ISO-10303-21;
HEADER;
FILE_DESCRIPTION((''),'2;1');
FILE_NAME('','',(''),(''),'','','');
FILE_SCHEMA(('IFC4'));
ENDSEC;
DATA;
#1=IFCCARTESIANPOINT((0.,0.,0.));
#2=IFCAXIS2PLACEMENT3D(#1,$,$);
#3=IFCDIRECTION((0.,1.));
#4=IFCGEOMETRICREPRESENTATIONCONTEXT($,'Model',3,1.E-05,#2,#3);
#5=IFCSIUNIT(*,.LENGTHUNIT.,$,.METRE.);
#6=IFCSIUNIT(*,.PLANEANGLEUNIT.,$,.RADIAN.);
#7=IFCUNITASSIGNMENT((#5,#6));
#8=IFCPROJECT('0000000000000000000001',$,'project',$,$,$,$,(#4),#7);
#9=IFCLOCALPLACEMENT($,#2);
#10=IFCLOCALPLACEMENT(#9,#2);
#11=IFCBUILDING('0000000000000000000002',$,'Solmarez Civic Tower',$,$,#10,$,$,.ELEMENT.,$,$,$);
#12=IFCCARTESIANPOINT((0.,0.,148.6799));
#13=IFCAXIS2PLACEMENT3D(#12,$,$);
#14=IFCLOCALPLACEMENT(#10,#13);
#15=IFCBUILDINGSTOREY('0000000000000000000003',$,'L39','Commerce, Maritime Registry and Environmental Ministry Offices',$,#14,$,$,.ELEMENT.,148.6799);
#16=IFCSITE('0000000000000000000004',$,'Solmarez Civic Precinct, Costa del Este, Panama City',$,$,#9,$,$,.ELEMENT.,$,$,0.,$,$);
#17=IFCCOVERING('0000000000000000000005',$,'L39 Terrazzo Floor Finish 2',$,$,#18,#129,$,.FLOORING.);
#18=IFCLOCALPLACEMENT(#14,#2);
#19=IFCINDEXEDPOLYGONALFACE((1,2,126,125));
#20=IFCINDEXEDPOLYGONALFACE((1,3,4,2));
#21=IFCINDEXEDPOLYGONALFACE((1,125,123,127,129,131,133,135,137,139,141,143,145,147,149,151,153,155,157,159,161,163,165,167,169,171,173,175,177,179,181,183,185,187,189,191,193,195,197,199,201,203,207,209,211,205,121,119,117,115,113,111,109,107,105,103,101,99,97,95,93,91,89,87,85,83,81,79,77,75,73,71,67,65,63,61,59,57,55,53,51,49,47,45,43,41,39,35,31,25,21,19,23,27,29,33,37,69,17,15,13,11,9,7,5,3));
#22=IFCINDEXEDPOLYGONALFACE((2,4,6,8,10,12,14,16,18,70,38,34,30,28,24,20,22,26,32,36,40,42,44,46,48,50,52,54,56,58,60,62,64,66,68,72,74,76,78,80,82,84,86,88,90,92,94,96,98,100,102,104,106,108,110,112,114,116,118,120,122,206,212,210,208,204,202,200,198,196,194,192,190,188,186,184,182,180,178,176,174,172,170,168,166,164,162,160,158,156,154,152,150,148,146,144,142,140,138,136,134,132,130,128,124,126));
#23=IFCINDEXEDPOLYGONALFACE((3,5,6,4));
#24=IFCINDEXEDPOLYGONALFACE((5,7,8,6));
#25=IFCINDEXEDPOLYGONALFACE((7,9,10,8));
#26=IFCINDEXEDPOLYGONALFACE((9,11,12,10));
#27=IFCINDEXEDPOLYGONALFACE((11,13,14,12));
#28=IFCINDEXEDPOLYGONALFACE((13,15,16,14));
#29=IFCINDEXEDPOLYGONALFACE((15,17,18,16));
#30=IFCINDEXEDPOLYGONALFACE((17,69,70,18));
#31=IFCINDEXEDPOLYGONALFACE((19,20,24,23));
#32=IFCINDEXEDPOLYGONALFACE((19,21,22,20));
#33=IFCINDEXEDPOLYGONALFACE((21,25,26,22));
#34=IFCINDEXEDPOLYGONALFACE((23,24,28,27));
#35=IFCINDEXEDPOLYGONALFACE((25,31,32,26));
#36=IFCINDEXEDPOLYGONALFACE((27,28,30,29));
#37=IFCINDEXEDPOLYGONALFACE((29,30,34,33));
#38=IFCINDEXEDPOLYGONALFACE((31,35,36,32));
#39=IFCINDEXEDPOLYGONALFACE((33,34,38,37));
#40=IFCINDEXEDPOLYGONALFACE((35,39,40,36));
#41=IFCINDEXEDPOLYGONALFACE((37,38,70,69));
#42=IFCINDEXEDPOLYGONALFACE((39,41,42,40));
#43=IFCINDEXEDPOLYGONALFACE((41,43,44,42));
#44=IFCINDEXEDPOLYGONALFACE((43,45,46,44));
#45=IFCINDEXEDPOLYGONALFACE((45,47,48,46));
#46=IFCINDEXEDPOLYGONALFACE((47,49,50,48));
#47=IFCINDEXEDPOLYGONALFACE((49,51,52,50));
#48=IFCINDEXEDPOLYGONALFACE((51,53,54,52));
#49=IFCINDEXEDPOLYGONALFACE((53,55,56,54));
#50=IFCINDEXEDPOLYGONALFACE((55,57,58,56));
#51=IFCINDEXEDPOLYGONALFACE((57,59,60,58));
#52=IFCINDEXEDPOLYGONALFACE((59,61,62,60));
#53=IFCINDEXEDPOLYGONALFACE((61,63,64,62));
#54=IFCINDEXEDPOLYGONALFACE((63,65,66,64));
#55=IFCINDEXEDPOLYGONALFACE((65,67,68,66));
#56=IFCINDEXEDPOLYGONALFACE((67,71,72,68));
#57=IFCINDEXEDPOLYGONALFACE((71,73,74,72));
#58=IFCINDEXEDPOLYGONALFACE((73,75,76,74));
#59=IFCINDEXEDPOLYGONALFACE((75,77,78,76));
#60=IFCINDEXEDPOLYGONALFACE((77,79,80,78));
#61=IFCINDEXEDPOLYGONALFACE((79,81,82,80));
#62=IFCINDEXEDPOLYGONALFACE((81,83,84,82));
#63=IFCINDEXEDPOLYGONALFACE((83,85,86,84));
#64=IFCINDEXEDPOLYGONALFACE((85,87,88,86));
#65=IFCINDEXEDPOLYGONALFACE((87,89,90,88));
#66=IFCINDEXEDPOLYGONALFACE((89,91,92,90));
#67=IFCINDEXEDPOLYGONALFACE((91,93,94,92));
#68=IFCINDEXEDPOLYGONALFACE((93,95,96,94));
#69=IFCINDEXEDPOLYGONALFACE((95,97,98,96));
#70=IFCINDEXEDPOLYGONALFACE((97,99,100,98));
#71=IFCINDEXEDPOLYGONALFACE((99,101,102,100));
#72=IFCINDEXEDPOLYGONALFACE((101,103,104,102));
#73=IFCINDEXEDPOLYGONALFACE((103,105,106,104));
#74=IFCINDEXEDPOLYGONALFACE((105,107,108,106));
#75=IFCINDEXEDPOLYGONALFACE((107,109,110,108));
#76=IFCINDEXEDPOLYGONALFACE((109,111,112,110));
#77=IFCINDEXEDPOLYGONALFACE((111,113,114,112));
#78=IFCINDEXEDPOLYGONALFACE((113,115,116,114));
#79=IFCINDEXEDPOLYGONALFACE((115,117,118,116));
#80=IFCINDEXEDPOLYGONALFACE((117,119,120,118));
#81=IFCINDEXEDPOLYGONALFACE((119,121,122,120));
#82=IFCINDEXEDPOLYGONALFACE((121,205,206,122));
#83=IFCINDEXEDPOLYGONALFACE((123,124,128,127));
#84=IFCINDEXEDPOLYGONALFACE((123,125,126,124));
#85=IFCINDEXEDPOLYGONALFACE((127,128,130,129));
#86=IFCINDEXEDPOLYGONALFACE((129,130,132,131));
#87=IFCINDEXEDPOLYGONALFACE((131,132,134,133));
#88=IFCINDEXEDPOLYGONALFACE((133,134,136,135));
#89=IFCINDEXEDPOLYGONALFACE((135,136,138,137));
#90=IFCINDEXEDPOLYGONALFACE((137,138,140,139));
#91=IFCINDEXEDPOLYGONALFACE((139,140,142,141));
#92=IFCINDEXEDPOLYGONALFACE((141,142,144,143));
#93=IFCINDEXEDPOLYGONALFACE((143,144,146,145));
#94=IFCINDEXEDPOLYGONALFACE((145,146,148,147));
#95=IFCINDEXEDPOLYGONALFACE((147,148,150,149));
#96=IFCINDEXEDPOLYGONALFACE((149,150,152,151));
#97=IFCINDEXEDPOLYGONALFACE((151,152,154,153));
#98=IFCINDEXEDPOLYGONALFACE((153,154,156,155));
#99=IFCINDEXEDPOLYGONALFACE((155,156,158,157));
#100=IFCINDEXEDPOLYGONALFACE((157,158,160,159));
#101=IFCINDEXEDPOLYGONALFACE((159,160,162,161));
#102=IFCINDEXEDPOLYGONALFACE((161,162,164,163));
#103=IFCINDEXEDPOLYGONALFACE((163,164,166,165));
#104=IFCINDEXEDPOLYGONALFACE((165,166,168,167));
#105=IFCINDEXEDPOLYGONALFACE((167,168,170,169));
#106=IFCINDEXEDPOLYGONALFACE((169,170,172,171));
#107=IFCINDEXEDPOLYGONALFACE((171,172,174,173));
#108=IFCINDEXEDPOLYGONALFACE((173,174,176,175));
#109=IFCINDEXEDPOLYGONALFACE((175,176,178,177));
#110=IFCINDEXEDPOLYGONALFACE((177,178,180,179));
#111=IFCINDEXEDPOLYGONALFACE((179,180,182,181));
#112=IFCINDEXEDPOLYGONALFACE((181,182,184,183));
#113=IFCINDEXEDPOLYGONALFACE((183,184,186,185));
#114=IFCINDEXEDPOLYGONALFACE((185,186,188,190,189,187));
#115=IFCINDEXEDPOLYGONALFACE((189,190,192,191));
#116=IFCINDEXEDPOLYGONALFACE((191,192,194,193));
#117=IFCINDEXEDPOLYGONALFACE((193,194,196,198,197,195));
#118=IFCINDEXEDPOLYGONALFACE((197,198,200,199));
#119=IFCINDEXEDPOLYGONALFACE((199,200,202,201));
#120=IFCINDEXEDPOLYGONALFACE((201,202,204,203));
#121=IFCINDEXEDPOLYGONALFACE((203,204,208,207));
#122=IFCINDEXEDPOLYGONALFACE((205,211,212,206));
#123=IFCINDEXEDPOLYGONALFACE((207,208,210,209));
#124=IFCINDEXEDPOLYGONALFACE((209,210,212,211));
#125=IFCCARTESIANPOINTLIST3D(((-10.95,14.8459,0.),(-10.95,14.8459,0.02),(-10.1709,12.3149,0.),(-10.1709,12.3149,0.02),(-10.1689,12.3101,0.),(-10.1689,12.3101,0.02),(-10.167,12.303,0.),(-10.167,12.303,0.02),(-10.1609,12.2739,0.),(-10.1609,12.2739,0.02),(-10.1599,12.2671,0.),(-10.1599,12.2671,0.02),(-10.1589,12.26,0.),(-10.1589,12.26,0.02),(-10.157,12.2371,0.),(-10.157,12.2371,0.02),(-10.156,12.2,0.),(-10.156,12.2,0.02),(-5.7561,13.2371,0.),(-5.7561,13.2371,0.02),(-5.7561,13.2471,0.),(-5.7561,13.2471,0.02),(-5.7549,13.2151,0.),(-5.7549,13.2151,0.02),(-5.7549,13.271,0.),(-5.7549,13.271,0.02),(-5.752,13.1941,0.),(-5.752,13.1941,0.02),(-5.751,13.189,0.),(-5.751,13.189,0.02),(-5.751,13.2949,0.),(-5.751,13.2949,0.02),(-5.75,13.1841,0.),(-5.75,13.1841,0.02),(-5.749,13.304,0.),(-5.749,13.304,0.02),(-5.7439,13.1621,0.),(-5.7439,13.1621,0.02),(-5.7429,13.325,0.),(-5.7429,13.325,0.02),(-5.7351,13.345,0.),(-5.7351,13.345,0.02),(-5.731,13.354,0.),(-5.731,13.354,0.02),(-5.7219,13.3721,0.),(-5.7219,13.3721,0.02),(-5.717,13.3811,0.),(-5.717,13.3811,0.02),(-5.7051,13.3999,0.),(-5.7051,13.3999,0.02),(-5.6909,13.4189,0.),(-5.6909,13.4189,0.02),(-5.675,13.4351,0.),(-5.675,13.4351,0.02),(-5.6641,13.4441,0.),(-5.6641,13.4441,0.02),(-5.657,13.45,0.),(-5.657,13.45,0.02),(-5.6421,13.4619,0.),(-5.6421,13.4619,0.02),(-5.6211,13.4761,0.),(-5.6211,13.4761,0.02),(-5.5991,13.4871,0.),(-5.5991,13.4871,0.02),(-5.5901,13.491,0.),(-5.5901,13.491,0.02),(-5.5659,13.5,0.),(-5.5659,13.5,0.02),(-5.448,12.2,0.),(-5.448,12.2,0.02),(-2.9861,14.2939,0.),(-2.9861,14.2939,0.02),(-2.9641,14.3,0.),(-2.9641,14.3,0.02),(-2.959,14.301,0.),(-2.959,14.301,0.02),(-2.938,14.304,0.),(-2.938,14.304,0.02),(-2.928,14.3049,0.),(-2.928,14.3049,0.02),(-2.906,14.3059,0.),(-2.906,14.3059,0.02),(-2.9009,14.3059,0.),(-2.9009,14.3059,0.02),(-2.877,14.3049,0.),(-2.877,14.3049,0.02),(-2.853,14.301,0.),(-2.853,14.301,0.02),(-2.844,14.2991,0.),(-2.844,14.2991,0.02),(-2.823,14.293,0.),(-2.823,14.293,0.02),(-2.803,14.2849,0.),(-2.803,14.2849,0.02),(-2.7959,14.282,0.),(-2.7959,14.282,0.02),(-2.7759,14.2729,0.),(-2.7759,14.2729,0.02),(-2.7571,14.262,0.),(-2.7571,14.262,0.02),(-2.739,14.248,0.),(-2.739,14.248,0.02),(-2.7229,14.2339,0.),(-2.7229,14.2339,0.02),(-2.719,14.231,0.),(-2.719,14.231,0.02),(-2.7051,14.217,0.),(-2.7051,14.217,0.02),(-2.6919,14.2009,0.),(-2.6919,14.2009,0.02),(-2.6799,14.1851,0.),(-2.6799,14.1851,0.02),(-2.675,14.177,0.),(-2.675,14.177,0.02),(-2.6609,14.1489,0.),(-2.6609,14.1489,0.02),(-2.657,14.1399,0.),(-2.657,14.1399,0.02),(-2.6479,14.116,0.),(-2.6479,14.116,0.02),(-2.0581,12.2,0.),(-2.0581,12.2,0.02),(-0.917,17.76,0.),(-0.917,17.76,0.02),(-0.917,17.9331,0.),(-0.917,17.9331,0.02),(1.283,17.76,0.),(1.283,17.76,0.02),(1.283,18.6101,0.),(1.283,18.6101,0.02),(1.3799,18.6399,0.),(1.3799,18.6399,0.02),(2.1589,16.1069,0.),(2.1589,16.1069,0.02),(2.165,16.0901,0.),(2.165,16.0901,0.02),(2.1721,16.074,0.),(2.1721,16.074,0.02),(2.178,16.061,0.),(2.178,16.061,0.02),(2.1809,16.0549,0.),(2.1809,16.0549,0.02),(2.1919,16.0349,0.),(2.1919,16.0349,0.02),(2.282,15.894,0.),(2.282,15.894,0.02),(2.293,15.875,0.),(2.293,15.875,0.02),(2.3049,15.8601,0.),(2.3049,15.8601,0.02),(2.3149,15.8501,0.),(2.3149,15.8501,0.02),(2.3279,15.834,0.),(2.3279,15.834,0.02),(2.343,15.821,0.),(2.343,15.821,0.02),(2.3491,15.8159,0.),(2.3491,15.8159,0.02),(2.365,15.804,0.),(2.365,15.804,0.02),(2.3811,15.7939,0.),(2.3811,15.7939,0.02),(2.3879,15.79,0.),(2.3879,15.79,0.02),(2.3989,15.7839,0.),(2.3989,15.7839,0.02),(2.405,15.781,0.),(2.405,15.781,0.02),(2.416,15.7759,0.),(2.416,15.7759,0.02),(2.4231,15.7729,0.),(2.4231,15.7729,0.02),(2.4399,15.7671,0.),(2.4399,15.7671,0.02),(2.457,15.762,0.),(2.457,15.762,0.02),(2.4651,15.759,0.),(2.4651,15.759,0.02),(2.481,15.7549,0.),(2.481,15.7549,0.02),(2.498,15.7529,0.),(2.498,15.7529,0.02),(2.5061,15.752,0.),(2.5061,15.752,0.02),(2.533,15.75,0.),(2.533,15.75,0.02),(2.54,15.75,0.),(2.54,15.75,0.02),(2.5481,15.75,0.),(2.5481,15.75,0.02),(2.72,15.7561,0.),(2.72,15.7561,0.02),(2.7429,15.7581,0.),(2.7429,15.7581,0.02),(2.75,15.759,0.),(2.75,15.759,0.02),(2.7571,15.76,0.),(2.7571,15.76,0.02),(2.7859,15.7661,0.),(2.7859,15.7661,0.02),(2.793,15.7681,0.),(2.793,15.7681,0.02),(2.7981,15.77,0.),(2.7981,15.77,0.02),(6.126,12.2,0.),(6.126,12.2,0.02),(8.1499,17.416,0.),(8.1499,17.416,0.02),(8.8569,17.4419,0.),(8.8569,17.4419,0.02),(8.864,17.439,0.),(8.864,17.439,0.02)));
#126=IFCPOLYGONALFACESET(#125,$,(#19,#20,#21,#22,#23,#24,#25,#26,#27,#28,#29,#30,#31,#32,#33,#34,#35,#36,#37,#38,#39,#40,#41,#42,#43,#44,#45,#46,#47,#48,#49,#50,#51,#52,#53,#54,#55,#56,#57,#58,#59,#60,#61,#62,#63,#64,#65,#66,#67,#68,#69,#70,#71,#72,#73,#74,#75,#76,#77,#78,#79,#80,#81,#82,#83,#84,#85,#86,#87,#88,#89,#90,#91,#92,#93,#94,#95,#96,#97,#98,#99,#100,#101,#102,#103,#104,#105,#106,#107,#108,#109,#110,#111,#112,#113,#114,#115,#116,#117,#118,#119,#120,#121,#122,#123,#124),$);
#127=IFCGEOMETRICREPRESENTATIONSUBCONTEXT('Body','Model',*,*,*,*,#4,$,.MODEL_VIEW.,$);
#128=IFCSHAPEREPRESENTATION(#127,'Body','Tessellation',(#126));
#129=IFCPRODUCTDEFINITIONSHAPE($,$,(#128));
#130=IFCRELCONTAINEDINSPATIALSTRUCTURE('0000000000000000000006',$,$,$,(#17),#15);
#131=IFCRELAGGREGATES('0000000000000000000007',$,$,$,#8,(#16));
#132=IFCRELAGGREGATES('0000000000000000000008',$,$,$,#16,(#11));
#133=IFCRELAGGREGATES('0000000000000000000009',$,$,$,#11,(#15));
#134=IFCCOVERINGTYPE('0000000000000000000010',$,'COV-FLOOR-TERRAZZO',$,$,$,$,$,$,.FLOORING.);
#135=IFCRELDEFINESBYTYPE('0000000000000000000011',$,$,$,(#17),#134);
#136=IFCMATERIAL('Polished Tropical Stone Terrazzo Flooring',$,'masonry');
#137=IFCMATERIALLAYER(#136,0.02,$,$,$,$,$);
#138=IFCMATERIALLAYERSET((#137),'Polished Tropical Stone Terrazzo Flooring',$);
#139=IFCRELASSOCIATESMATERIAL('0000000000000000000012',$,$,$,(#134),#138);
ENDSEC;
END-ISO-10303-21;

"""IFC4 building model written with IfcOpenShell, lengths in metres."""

from ifc_helpers import new_model, si_unit, direction, frame, origin, place, context, subcontext, project, spatial, polyline, outline, extrude, material, layer, layer_set, type_object, element, save


model = new_model("IFC4")

# Units and contexts
model_context = context("Model", 3, precision=1e-05, world=origin(), true_north=direction((0.0, 1.0)))
body_context = subcontext(model_context, "Body", "Model", "MODEL_VIEW")
ifc_project = project(units=[si_unit("LENGTHUNIT", "METRE"), si_unit("PLANEANGLEUNIT", "RADIAN")], contexts=[model_context])

# Site, building, storey
site_placement = place(None, origin())
site = spatial("IfcSite", under=ifc_project, at=site_placement, Name="Solmarez Civic Precinct, Costa del Este, Panama City", CompositionType="ELEMENT", RefElevation=0.0)
building_placement = place(site_placement, origin())
building = spatial("IfcBuilding", under=site, at=building_placement, Name="Solmarez Civic Tower", CompositionType="ELEMENT")
storey_placement = place(building_placement, frame((0.0, 0.0, 148.6799)))
storey = spatial("IfcBuildingStorey", under=building, at=storey_placement, Name="L39", Description="Commerce, Maritime Registry and Environmental Ministry Offices", CompositionType="ELEMENT", Elevation=148.6799)

# Covering
ifc_material_1 = material(Name="Polished Tropical Stone Terrazzo Flooring", Category="masonry")
ifc_layer_1 = layer(ifc_material_1, 0.02)
ifc_layer_set_1 = layer_set([ifc_layer_1], Name="Polished Tropical Stone Terrazzo Flooring")
covering_type_1 = type_object("IfcCoveringType", Name="COV-FLOOR-TERRAZZO", PredefinedType="FLOORING", material=ifc_layer_set_1)
covering_1_placement = place(storey_placement, origin())
element("IfcCovering", 1, at=covering_1_placement, inside=storey, type_object=covering_type_1, Name="L39 Terrazzo Floor Finish 2", PredefinedType="FLOORING", context=body_context, shape_type="SweptSolid", body=[
    extrude(outline(polyline([(-10.95, 14.8459), (-10.1709, 12.3149), (-10.1689, 12.3101), (-10.167, 12.303), (-10.1609, 12.2739), (-10.1599, 12.2671), (-10.1589, 12.26), (-10.157, 12.2371), (-10.156, 12.2), (-5.448, 12.2), (-5.7439, 13.1621), (-5.75, 13.1841), (-5.751, 13.189), (-5.752, 13.1941), (-5.7549, 13.2151), (-5.7561, 13.2371), (-5.7561, 13.2471), (-5.7549, 13.271), (-5.751, 13.2949), (-5.749, 13.304), (-5.7429, 13.325), (-5.7351, 13.345), (-5.731, 13.354), (-5.7219, 13.3721), (-5.717, 13.3811), (-5.7051, 13.3999), (-5.6909, 13.4189), (-5.675, 13.4351), (-5.6641, 13.4441), (-5.657, 13.45), (-5.6421, 13.4619), (-5.6211, 13.4761), (-5.5991, 13.4871), (-5.5901, 13.491), (-5.5659, 13.5), (-2.9861, 14.2939), (-2.9641, 14.3), (-2.959, 14.301), (-2.938, 14.304), (-2.928, 14.3049), (-2.906, 14.3059), (-2.9009, 14.3059), (-2.877, 14.3049), (-2.853, 14.301), (-2.844, 14.2991), (-2.823, 14.293), (-2.803, 14.2849), (-2.7959, 14.282), (-2.7759, 14.2729), (-2.7571, 14.262), (-2.739, 14.248), (-2.7229, 14.2339), (-2.719, 14.231), (-2.7051, 14.217), (-2.6919, 14.2009), (-2.6799, 14.1851), (-2.675, 14.177), (-2.6609, 14.1489), (-2.657, 14.1399), (-2.6479, 14.116), (-2.0581, 12.2), (6.126, 12.2), (8.864, 17.439), (8.8569, 17.4419), (8.1499, 17.416), (2.7981, 15.77), (2.793, 15.7681), (2.7859, 15.7661), (2.7571, 15.76), (2.75, 15.759), (2.7429, 15.7581), (2.72, 15.7561), (2.5481, 15.75), (2.54, 15.75), (2.533, 15.75), (2.5061, 15.752), (2.498, 15.7529), (2.481, 15.7549), (2.4651, 15.759), (2.457, 15.762), (2.4399, 15.7671), (2.4231, 15.7729), (2.416, 15.7759), (2.405, 15.781), (2.3989, 15.7839), (2.3879, 15.79), (2.3811, 15.7939), (2.365, 15.804), (2.3491, 15.8159), (2.343, 15.821), (2.3279, 15.834), (2.3149, 15.8501), (2.3049, 15.8601), (2.293, 15.875), (2.282, 15.894), (2.1919, 16.0349), (2.1809, 16.0549), (2.178, 16.061), (2.1721, 16.074), (2.165, 16.0901), (2.1589, 16.1069), (1.3799, 18.6399), (1.283, 18.6101), (1.283, 17.76), (-0.917, 17.76), (-0.917, 17.9331), (-10.95, 14.8459)])), origin(), (0.0, 0.0, 1.0), 0.02),
])

save(model, "model.ifc")
